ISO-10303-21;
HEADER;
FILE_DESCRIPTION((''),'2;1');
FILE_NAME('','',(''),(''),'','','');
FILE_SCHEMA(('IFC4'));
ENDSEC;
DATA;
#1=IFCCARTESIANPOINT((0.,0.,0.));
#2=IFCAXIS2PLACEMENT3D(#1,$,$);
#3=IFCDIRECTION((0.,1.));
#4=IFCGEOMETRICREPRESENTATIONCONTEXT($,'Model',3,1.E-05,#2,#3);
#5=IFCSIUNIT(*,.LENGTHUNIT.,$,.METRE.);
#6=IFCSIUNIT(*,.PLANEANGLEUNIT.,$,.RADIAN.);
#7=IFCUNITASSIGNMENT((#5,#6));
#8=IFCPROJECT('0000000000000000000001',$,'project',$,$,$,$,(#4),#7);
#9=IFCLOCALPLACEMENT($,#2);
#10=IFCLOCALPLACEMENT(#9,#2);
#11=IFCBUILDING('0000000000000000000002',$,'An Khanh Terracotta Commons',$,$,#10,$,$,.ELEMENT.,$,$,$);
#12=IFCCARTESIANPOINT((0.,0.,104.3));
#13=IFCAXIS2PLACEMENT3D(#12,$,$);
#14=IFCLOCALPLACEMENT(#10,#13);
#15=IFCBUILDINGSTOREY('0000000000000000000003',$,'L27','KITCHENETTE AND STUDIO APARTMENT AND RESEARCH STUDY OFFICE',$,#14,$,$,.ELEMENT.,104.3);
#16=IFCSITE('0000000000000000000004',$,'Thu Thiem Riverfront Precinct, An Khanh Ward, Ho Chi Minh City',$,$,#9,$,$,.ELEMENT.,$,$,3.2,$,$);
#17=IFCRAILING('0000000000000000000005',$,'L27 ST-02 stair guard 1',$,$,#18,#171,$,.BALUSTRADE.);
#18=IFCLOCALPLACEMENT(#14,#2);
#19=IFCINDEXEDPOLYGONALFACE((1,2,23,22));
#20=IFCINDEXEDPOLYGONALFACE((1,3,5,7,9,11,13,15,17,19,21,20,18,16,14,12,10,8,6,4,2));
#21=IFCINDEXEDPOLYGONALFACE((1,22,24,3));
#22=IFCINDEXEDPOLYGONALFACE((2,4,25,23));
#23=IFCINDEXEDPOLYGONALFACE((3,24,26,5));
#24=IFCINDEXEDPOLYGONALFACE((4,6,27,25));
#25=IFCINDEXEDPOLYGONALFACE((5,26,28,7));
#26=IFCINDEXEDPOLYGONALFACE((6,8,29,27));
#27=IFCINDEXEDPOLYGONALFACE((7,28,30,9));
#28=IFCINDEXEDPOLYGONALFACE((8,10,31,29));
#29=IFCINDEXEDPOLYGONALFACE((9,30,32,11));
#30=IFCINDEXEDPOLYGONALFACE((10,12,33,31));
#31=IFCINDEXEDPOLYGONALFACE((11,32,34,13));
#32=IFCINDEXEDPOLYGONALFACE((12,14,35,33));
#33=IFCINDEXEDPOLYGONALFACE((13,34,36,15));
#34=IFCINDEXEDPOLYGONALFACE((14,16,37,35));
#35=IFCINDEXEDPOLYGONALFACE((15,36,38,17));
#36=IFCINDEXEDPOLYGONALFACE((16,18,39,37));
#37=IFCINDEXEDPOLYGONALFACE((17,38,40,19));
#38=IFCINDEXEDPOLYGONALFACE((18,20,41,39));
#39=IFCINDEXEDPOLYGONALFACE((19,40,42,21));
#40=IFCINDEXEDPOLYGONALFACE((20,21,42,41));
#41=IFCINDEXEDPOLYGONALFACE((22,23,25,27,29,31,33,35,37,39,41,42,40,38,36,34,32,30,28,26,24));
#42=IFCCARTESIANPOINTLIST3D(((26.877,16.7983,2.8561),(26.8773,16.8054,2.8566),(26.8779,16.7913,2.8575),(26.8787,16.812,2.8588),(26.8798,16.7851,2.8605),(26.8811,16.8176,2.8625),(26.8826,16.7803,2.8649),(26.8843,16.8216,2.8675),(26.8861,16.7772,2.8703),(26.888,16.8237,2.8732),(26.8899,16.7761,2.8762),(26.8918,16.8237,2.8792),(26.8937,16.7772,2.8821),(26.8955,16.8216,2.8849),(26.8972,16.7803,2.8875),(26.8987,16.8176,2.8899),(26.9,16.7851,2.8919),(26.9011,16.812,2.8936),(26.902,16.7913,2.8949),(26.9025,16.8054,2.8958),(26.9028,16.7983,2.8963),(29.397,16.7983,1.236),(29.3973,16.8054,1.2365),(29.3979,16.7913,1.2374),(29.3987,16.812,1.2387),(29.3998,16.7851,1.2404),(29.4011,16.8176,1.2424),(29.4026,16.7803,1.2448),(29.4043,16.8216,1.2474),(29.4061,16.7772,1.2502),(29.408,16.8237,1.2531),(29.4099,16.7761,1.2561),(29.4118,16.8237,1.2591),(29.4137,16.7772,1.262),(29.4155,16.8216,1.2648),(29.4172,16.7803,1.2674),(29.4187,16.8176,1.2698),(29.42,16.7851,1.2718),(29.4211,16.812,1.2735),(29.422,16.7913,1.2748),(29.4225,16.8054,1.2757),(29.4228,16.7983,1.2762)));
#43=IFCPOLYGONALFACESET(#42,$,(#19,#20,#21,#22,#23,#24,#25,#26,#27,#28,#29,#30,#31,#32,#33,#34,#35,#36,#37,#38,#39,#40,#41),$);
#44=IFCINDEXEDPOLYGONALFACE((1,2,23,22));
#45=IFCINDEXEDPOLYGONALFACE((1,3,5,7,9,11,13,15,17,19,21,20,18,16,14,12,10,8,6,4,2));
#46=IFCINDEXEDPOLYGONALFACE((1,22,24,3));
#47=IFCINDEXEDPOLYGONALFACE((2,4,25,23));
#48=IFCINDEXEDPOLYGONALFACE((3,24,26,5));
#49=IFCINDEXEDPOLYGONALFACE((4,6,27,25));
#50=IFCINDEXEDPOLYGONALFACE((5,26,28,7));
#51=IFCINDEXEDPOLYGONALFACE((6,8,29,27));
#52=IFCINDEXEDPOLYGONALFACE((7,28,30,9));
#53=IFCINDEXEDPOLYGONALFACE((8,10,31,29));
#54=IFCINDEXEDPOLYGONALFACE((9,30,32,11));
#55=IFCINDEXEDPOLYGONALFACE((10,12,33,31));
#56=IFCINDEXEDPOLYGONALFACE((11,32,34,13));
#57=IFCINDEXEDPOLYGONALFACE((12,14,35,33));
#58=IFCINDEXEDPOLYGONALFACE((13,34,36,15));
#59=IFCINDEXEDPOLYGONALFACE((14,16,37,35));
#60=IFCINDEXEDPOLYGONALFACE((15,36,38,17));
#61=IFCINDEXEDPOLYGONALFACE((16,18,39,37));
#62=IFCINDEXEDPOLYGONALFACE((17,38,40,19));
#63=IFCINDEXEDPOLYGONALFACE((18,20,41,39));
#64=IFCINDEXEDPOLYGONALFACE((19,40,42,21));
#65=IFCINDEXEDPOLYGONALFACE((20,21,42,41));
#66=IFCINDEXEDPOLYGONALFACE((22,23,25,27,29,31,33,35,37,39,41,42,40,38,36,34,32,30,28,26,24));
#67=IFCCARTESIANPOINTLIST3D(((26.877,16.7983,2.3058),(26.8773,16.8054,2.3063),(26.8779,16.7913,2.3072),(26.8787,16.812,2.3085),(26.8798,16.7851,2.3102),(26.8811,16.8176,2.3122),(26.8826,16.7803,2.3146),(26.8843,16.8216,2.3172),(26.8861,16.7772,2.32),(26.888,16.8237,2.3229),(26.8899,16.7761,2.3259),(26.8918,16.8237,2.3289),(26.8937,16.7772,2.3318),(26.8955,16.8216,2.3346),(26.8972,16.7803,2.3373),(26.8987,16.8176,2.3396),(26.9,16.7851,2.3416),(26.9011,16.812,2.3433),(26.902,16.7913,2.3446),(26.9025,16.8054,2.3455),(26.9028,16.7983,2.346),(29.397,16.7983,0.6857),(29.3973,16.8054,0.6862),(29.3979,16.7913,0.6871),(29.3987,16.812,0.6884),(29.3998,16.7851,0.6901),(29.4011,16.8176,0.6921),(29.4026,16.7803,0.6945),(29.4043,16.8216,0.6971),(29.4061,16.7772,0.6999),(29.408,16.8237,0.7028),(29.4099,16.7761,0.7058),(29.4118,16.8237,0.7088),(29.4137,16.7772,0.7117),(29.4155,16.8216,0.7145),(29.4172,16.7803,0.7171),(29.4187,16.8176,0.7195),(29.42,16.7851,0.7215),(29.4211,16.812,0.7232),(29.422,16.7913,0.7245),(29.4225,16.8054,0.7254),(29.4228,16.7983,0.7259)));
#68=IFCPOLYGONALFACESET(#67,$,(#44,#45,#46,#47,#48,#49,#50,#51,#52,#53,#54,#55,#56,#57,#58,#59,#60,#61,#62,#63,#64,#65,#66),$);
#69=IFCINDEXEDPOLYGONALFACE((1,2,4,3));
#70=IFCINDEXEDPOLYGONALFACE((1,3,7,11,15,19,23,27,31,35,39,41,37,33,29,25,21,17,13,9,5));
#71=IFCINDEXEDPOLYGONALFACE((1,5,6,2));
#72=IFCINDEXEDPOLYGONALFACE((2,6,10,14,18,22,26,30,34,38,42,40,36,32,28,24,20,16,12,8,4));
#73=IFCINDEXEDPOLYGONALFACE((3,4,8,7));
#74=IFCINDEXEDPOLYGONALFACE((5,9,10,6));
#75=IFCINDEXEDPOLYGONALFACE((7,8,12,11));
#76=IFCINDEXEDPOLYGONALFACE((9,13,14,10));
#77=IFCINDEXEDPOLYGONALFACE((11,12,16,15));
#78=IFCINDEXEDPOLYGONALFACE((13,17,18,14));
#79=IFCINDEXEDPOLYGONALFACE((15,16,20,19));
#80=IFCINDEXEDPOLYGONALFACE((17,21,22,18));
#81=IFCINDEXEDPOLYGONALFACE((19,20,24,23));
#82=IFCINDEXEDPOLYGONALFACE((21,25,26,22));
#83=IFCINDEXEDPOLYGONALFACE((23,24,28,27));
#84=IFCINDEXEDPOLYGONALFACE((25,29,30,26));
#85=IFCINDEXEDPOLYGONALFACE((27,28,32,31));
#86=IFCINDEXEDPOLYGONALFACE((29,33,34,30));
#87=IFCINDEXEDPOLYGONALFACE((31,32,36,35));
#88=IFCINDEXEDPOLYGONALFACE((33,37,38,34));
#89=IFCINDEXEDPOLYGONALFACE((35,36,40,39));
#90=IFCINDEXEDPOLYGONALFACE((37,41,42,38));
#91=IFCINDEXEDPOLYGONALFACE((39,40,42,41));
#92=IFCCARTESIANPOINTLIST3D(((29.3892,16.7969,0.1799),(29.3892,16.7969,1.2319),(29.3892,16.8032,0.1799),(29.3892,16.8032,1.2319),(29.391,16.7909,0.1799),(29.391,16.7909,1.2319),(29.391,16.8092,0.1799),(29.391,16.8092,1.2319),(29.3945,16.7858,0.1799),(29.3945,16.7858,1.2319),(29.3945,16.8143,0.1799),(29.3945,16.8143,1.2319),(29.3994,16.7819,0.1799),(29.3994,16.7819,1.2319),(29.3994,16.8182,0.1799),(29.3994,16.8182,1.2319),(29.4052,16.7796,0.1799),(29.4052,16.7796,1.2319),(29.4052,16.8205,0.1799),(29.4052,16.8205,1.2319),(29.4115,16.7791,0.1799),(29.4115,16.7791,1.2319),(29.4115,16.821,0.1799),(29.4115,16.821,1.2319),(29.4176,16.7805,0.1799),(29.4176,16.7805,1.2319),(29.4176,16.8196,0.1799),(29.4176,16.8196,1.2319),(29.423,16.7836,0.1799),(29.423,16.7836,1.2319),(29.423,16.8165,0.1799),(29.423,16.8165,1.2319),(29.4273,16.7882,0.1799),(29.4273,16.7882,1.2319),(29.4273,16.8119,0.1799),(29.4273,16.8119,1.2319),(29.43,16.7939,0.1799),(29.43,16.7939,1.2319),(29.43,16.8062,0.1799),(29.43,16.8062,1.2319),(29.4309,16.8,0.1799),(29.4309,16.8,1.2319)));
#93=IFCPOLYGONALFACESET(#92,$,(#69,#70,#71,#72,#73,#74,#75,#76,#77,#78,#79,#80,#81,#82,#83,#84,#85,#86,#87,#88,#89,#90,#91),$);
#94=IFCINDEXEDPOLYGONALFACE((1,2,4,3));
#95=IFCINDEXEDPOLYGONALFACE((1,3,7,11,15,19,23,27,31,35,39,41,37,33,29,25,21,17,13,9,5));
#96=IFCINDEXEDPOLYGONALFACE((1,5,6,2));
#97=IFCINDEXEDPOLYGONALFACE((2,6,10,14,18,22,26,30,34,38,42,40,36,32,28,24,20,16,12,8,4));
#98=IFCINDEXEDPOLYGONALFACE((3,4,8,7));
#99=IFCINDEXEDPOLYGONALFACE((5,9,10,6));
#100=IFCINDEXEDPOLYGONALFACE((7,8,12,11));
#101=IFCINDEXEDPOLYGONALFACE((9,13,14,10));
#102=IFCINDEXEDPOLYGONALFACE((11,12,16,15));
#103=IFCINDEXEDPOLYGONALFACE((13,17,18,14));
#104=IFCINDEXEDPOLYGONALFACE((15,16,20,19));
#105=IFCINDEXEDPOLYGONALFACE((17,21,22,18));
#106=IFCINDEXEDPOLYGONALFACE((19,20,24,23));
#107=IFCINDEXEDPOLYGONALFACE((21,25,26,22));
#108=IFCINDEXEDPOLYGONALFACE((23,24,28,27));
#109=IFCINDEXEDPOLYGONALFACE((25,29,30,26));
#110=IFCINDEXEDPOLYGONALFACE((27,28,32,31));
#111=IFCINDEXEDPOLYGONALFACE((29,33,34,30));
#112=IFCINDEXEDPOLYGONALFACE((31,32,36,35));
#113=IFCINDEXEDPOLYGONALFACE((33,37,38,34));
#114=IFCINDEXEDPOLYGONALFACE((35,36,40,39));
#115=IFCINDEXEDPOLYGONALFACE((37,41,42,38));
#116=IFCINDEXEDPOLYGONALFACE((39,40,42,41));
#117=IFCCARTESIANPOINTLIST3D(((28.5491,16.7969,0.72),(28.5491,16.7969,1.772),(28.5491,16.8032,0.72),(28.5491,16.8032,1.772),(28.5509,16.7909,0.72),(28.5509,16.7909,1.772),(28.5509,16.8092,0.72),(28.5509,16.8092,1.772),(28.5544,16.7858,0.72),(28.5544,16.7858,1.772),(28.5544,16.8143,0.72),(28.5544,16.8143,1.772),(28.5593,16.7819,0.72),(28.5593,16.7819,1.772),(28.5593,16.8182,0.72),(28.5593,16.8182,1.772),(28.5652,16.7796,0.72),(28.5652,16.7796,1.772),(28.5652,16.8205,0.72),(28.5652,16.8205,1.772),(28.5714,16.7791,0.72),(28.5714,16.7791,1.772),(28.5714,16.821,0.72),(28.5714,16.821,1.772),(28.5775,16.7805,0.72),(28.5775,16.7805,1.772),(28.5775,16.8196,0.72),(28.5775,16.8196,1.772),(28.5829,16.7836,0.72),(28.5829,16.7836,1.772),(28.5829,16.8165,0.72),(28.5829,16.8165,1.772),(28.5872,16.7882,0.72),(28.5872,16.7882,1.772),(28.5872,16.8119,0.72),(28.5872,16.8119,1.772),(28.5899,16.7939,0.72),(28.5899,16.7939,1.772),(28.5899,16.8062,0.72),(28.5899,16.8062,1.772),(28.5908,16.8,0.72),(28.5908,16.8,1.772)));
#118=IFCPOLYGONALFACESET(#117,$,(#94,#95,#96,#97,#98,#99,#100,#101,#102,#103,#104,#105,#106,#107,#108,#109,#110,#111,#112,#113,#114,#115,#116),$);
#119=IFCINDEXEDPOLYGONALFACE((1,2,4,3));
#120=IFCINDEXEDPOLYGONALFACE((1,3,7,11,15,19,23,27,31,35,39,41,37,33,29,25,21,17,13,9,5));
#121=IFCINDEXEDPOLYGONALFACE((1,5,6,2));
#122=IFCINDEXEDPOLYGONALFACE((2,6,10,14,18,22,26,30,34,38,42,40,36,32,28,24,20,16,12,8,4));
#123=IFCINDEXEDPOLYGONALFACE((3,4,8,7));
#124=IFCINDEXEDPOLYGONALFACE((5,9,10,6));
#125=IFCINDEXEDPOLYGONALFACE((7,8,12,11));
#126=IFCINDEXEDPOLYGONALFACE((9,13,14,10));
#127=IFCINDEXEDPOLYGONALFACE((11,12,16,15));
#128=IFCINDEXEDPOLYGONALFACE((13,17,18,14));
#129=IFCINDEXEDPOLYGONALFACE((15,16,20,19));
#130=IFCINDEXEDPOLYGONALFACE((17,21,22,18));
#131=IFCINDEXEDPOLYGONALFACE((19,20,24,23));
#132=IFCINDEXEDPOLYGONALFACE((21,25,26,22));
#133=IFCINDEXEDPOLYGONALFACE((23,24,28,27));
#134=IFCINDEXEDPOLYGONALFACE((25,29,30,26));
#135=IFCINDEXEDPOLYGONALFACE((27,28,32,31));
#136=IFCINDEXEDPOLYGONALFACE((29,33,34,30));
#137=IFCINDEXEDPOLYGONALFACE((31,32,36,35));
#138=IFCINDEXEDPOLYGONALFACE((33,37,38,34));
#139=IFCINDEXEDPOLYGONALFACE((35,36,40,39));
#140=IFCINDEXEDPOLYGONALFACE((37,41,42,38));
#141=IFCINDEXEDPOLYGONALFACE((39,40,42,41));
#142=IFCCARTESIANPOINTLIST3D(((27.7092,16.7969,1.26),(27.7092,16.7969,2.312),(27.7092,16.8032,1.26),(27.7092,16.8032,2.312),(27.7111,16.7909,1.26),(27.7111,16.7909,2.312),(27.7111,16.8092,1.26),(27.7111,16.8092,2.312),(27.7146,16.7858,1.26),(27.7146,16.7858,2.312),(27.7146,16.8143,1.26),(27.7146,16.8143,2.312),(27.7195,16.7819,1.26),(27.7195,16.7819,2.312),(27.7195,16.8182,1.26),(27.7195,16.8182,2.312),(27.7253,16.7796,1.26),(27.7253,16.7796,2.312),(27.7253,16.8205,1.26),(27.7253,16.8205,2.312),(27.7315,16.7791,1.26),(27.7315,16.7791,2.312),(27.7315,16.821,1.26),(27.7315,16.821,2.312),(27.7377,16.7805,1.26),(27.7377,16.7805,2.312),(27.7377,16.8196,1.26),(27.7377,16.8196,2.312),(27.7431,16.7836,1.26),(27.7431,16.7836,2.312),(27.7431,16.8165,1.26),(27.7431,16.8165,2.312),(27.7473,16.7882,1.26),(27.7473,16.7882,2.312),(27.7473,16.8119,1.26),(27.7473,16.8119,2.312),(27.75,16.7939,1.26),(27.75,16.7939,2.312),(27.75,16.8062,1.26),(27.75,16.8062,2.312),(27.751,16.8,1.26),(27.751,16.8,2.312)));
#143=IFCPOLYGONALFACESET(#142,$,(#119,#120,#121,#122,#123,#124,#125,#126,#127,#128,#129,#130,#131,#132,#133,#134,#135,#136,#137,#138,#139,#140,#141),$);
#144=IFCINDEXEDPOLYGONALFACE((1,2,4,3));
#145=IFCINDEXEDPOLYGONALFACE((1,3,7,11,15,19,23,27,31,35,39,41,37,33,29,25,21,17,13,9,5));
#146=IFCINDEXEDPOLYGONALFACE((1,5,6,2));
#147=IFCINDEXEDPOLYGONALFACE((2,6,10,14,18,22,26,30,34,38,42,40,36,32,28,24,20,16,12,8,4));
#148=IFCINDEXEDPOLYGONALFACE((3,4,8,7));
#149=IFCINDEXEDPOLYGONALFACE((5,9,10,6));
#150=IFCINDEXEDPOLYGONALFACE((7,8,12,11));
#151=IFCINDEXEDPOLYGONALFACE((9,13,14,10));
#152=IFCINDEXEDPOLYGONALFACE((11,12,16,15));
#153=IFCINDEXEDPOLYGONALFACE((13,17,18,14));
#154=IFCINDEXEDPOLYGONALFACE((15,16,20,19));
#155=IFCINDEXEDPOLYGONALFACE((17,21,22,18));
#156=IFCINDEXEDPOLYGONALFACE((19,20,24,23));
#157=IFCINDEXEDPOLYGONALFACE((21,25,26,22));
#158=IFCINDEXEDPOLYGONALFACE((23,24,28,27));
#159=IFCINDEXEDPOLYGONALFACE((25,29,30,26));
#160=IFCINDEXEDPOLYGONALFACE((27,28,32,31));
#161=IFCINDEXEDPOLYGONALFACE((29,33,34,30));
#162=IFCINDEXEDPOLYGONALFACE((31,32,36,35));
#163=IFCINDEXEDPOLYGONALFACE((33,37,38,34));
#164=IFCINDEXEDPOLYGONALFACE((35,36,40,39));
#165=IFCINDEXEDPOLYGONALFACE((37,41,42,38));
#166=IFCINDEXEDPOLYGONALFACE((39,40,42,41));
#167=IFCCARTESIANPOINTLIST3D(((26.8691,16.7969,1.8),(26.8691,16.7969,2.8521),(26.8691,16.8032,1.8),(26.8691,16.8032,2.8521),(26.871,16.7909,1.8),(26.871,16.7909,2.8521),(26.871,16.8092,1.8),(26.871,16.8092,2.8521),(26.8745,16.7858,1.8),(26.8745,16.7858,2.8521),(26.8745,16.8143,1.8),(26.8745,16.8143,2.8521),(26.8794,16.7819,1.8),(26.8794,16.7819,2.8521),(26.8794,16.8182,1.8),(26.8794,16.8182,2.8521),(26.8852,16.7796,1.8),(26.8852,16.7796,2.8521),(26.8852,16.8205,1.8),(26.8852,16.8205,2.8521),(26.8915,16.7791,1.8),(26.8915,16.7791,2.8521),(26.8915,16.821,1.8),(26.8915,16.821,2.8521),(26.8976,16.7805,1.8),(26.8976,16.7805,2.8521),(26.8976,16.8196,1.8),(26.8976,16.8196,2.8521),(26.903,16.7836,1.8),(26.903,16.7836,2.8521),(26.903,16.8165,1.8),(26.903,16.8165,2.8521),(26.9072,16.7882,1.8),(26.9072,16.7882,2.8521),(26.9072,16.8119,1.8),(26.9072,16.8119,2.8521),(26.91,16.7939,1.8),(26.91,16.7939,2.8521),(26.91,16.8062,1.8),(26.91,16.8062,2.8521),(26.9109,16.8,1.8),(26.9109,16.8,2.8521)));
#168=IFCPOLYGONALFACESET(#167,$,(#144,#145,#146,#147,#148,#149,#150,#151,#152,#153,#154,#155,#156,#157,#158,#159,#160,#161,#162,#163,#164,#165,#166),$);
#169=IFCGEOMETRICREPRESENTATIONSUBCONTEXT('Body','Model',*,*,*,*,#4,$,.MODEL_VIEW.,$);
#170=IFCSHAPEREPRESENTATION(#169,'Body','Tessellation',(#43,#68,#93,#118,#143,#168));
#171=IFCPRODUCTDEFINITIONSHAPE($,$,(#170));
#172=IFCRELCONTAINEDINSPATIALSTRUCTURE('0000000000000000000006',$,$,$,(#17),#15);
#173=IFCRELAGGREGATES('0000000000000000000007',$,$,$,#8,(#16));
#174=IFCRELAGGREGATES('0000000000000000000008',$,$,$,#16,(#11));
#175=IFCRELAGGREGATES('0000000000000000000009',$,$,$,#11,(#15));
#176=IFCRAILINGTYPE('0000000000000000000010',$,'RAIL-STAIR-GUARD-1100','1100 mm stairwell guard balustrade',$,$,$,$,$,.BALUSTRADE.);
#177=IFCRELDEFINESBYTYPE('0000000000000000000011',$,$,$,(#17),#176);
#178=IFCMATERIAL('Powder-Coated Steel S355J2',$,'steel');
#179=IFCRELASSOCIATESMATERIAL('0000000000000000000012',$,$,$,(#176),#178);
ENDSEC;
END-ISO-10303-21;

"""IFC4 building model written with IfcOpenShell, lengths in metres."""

from ifc_helpers import new_model, si_unit, direction, frame, origin, origin_2d, place, context, subcontext, project, spatial, circle, extrude, material, type_object, element, save


model = new_model("IFC4")

# Units and contexts
model_context = context("Model", 3, precision=1e-05, world=origin(), true_north=direction((0.0, 1.0)))
body_context = subcontext(model_context, "Body", "Model", "MODEL_VIEW")
ifc_project = project(units=[si_unit("LENGTHUNIT", "METRE"), si_unit("PLANEANGLEUNIT", "RADIAN")], contexts=[model_context])

# Site, building, storey
site_placement = place(None, origin())
site = spatial("IfcSite", under=ifc_project, at=site_placement, Name="Thu Thiem Riverfront Precinct, An Khanh Ward, Ho Chi Minh City", CompositionType="ELEMENT", RefElevation=3.2)
building_placement = place(site_placement, origin())
building = spatial("IfcBuilding", under=site, at=building_placement, Name="An Khanh Terracotta Commons", CompositionType="ELEMENT")
storey_placement = place(building_placement, frame((0.0, 0.0, 104.3)))
storey = spatial("IfcBuildingStorey", under=building, at=storey_placement, Name="L27", Description="KITCHENETTE AND STUDIO APARTMENT AND RESEARCH STUDY OFFICE", CompositionType="ELEMENT", Elevation=104.3)

# Railing
ifc_material_1 = material(Name="Powder-Coated Steel S355J2", Category="steel")
railing_type_1 = type_object("IfcRailingType", Name="RAIL-STAIR-GUARD-1100", Description="1100 mm stairwell guard balustrade", PredefinedType="BALUSTRADE", material=ifc_material_1)
railing_1_placement = place(storey_placement, frame((29.4099, 16.8, 0.1799)))
element("IfcRailing", 1, at=railing_1_placement, inside=storey, type_object=railing_type_1, Name="L27 ST-02 stair guard 1", PredefinedType="BALUSTRADE", context=body_context, shape_type="SweptSolid", body=[
    extrude(circle(Radius=0.0239, at=origin_2d()), frame((0.0, 0.0, 1.0762), z_axis=(-0.841163, 0.0, 0.540782), x_axis=(0.0, -1.0, 0.0)), (0.0, 0.0, 1.0), 2.9958),
    extrude(circle(Radius=0.0239, at=origin_2d()), frame((0.0, 0.0, 0.5259), z_axis=(-0.841163, 0.0, 0.540782), x_axis=(0.0, -1.0, 0.0)), (0.0, 0.0, 1.0), 2.9958),
    extrude(circle(Radius=0.021, at=origin_2d()), origin(), (0.0, 0.0, 1.0), 1.052),
    extrude(circle(Radius=0.021, at=origin_2d()), frame((-0.8401, 0.0, 0.54)), (0.0, 0.0, 1.0), 1.052),
    extrude(circle(Radius=0.021, at=origin_2d()), frame((-1.6799, 0.0, 1.0801)), (0.0, 0.0, 1.0), 1.052),
    extrude(circle(Radius=0.021, at=origin_2d()), frame((-2.52, 0.0, 1.6201)), (0.0, 0.0, 1.0), 1.052),
])

save(model, "model.ifc")
